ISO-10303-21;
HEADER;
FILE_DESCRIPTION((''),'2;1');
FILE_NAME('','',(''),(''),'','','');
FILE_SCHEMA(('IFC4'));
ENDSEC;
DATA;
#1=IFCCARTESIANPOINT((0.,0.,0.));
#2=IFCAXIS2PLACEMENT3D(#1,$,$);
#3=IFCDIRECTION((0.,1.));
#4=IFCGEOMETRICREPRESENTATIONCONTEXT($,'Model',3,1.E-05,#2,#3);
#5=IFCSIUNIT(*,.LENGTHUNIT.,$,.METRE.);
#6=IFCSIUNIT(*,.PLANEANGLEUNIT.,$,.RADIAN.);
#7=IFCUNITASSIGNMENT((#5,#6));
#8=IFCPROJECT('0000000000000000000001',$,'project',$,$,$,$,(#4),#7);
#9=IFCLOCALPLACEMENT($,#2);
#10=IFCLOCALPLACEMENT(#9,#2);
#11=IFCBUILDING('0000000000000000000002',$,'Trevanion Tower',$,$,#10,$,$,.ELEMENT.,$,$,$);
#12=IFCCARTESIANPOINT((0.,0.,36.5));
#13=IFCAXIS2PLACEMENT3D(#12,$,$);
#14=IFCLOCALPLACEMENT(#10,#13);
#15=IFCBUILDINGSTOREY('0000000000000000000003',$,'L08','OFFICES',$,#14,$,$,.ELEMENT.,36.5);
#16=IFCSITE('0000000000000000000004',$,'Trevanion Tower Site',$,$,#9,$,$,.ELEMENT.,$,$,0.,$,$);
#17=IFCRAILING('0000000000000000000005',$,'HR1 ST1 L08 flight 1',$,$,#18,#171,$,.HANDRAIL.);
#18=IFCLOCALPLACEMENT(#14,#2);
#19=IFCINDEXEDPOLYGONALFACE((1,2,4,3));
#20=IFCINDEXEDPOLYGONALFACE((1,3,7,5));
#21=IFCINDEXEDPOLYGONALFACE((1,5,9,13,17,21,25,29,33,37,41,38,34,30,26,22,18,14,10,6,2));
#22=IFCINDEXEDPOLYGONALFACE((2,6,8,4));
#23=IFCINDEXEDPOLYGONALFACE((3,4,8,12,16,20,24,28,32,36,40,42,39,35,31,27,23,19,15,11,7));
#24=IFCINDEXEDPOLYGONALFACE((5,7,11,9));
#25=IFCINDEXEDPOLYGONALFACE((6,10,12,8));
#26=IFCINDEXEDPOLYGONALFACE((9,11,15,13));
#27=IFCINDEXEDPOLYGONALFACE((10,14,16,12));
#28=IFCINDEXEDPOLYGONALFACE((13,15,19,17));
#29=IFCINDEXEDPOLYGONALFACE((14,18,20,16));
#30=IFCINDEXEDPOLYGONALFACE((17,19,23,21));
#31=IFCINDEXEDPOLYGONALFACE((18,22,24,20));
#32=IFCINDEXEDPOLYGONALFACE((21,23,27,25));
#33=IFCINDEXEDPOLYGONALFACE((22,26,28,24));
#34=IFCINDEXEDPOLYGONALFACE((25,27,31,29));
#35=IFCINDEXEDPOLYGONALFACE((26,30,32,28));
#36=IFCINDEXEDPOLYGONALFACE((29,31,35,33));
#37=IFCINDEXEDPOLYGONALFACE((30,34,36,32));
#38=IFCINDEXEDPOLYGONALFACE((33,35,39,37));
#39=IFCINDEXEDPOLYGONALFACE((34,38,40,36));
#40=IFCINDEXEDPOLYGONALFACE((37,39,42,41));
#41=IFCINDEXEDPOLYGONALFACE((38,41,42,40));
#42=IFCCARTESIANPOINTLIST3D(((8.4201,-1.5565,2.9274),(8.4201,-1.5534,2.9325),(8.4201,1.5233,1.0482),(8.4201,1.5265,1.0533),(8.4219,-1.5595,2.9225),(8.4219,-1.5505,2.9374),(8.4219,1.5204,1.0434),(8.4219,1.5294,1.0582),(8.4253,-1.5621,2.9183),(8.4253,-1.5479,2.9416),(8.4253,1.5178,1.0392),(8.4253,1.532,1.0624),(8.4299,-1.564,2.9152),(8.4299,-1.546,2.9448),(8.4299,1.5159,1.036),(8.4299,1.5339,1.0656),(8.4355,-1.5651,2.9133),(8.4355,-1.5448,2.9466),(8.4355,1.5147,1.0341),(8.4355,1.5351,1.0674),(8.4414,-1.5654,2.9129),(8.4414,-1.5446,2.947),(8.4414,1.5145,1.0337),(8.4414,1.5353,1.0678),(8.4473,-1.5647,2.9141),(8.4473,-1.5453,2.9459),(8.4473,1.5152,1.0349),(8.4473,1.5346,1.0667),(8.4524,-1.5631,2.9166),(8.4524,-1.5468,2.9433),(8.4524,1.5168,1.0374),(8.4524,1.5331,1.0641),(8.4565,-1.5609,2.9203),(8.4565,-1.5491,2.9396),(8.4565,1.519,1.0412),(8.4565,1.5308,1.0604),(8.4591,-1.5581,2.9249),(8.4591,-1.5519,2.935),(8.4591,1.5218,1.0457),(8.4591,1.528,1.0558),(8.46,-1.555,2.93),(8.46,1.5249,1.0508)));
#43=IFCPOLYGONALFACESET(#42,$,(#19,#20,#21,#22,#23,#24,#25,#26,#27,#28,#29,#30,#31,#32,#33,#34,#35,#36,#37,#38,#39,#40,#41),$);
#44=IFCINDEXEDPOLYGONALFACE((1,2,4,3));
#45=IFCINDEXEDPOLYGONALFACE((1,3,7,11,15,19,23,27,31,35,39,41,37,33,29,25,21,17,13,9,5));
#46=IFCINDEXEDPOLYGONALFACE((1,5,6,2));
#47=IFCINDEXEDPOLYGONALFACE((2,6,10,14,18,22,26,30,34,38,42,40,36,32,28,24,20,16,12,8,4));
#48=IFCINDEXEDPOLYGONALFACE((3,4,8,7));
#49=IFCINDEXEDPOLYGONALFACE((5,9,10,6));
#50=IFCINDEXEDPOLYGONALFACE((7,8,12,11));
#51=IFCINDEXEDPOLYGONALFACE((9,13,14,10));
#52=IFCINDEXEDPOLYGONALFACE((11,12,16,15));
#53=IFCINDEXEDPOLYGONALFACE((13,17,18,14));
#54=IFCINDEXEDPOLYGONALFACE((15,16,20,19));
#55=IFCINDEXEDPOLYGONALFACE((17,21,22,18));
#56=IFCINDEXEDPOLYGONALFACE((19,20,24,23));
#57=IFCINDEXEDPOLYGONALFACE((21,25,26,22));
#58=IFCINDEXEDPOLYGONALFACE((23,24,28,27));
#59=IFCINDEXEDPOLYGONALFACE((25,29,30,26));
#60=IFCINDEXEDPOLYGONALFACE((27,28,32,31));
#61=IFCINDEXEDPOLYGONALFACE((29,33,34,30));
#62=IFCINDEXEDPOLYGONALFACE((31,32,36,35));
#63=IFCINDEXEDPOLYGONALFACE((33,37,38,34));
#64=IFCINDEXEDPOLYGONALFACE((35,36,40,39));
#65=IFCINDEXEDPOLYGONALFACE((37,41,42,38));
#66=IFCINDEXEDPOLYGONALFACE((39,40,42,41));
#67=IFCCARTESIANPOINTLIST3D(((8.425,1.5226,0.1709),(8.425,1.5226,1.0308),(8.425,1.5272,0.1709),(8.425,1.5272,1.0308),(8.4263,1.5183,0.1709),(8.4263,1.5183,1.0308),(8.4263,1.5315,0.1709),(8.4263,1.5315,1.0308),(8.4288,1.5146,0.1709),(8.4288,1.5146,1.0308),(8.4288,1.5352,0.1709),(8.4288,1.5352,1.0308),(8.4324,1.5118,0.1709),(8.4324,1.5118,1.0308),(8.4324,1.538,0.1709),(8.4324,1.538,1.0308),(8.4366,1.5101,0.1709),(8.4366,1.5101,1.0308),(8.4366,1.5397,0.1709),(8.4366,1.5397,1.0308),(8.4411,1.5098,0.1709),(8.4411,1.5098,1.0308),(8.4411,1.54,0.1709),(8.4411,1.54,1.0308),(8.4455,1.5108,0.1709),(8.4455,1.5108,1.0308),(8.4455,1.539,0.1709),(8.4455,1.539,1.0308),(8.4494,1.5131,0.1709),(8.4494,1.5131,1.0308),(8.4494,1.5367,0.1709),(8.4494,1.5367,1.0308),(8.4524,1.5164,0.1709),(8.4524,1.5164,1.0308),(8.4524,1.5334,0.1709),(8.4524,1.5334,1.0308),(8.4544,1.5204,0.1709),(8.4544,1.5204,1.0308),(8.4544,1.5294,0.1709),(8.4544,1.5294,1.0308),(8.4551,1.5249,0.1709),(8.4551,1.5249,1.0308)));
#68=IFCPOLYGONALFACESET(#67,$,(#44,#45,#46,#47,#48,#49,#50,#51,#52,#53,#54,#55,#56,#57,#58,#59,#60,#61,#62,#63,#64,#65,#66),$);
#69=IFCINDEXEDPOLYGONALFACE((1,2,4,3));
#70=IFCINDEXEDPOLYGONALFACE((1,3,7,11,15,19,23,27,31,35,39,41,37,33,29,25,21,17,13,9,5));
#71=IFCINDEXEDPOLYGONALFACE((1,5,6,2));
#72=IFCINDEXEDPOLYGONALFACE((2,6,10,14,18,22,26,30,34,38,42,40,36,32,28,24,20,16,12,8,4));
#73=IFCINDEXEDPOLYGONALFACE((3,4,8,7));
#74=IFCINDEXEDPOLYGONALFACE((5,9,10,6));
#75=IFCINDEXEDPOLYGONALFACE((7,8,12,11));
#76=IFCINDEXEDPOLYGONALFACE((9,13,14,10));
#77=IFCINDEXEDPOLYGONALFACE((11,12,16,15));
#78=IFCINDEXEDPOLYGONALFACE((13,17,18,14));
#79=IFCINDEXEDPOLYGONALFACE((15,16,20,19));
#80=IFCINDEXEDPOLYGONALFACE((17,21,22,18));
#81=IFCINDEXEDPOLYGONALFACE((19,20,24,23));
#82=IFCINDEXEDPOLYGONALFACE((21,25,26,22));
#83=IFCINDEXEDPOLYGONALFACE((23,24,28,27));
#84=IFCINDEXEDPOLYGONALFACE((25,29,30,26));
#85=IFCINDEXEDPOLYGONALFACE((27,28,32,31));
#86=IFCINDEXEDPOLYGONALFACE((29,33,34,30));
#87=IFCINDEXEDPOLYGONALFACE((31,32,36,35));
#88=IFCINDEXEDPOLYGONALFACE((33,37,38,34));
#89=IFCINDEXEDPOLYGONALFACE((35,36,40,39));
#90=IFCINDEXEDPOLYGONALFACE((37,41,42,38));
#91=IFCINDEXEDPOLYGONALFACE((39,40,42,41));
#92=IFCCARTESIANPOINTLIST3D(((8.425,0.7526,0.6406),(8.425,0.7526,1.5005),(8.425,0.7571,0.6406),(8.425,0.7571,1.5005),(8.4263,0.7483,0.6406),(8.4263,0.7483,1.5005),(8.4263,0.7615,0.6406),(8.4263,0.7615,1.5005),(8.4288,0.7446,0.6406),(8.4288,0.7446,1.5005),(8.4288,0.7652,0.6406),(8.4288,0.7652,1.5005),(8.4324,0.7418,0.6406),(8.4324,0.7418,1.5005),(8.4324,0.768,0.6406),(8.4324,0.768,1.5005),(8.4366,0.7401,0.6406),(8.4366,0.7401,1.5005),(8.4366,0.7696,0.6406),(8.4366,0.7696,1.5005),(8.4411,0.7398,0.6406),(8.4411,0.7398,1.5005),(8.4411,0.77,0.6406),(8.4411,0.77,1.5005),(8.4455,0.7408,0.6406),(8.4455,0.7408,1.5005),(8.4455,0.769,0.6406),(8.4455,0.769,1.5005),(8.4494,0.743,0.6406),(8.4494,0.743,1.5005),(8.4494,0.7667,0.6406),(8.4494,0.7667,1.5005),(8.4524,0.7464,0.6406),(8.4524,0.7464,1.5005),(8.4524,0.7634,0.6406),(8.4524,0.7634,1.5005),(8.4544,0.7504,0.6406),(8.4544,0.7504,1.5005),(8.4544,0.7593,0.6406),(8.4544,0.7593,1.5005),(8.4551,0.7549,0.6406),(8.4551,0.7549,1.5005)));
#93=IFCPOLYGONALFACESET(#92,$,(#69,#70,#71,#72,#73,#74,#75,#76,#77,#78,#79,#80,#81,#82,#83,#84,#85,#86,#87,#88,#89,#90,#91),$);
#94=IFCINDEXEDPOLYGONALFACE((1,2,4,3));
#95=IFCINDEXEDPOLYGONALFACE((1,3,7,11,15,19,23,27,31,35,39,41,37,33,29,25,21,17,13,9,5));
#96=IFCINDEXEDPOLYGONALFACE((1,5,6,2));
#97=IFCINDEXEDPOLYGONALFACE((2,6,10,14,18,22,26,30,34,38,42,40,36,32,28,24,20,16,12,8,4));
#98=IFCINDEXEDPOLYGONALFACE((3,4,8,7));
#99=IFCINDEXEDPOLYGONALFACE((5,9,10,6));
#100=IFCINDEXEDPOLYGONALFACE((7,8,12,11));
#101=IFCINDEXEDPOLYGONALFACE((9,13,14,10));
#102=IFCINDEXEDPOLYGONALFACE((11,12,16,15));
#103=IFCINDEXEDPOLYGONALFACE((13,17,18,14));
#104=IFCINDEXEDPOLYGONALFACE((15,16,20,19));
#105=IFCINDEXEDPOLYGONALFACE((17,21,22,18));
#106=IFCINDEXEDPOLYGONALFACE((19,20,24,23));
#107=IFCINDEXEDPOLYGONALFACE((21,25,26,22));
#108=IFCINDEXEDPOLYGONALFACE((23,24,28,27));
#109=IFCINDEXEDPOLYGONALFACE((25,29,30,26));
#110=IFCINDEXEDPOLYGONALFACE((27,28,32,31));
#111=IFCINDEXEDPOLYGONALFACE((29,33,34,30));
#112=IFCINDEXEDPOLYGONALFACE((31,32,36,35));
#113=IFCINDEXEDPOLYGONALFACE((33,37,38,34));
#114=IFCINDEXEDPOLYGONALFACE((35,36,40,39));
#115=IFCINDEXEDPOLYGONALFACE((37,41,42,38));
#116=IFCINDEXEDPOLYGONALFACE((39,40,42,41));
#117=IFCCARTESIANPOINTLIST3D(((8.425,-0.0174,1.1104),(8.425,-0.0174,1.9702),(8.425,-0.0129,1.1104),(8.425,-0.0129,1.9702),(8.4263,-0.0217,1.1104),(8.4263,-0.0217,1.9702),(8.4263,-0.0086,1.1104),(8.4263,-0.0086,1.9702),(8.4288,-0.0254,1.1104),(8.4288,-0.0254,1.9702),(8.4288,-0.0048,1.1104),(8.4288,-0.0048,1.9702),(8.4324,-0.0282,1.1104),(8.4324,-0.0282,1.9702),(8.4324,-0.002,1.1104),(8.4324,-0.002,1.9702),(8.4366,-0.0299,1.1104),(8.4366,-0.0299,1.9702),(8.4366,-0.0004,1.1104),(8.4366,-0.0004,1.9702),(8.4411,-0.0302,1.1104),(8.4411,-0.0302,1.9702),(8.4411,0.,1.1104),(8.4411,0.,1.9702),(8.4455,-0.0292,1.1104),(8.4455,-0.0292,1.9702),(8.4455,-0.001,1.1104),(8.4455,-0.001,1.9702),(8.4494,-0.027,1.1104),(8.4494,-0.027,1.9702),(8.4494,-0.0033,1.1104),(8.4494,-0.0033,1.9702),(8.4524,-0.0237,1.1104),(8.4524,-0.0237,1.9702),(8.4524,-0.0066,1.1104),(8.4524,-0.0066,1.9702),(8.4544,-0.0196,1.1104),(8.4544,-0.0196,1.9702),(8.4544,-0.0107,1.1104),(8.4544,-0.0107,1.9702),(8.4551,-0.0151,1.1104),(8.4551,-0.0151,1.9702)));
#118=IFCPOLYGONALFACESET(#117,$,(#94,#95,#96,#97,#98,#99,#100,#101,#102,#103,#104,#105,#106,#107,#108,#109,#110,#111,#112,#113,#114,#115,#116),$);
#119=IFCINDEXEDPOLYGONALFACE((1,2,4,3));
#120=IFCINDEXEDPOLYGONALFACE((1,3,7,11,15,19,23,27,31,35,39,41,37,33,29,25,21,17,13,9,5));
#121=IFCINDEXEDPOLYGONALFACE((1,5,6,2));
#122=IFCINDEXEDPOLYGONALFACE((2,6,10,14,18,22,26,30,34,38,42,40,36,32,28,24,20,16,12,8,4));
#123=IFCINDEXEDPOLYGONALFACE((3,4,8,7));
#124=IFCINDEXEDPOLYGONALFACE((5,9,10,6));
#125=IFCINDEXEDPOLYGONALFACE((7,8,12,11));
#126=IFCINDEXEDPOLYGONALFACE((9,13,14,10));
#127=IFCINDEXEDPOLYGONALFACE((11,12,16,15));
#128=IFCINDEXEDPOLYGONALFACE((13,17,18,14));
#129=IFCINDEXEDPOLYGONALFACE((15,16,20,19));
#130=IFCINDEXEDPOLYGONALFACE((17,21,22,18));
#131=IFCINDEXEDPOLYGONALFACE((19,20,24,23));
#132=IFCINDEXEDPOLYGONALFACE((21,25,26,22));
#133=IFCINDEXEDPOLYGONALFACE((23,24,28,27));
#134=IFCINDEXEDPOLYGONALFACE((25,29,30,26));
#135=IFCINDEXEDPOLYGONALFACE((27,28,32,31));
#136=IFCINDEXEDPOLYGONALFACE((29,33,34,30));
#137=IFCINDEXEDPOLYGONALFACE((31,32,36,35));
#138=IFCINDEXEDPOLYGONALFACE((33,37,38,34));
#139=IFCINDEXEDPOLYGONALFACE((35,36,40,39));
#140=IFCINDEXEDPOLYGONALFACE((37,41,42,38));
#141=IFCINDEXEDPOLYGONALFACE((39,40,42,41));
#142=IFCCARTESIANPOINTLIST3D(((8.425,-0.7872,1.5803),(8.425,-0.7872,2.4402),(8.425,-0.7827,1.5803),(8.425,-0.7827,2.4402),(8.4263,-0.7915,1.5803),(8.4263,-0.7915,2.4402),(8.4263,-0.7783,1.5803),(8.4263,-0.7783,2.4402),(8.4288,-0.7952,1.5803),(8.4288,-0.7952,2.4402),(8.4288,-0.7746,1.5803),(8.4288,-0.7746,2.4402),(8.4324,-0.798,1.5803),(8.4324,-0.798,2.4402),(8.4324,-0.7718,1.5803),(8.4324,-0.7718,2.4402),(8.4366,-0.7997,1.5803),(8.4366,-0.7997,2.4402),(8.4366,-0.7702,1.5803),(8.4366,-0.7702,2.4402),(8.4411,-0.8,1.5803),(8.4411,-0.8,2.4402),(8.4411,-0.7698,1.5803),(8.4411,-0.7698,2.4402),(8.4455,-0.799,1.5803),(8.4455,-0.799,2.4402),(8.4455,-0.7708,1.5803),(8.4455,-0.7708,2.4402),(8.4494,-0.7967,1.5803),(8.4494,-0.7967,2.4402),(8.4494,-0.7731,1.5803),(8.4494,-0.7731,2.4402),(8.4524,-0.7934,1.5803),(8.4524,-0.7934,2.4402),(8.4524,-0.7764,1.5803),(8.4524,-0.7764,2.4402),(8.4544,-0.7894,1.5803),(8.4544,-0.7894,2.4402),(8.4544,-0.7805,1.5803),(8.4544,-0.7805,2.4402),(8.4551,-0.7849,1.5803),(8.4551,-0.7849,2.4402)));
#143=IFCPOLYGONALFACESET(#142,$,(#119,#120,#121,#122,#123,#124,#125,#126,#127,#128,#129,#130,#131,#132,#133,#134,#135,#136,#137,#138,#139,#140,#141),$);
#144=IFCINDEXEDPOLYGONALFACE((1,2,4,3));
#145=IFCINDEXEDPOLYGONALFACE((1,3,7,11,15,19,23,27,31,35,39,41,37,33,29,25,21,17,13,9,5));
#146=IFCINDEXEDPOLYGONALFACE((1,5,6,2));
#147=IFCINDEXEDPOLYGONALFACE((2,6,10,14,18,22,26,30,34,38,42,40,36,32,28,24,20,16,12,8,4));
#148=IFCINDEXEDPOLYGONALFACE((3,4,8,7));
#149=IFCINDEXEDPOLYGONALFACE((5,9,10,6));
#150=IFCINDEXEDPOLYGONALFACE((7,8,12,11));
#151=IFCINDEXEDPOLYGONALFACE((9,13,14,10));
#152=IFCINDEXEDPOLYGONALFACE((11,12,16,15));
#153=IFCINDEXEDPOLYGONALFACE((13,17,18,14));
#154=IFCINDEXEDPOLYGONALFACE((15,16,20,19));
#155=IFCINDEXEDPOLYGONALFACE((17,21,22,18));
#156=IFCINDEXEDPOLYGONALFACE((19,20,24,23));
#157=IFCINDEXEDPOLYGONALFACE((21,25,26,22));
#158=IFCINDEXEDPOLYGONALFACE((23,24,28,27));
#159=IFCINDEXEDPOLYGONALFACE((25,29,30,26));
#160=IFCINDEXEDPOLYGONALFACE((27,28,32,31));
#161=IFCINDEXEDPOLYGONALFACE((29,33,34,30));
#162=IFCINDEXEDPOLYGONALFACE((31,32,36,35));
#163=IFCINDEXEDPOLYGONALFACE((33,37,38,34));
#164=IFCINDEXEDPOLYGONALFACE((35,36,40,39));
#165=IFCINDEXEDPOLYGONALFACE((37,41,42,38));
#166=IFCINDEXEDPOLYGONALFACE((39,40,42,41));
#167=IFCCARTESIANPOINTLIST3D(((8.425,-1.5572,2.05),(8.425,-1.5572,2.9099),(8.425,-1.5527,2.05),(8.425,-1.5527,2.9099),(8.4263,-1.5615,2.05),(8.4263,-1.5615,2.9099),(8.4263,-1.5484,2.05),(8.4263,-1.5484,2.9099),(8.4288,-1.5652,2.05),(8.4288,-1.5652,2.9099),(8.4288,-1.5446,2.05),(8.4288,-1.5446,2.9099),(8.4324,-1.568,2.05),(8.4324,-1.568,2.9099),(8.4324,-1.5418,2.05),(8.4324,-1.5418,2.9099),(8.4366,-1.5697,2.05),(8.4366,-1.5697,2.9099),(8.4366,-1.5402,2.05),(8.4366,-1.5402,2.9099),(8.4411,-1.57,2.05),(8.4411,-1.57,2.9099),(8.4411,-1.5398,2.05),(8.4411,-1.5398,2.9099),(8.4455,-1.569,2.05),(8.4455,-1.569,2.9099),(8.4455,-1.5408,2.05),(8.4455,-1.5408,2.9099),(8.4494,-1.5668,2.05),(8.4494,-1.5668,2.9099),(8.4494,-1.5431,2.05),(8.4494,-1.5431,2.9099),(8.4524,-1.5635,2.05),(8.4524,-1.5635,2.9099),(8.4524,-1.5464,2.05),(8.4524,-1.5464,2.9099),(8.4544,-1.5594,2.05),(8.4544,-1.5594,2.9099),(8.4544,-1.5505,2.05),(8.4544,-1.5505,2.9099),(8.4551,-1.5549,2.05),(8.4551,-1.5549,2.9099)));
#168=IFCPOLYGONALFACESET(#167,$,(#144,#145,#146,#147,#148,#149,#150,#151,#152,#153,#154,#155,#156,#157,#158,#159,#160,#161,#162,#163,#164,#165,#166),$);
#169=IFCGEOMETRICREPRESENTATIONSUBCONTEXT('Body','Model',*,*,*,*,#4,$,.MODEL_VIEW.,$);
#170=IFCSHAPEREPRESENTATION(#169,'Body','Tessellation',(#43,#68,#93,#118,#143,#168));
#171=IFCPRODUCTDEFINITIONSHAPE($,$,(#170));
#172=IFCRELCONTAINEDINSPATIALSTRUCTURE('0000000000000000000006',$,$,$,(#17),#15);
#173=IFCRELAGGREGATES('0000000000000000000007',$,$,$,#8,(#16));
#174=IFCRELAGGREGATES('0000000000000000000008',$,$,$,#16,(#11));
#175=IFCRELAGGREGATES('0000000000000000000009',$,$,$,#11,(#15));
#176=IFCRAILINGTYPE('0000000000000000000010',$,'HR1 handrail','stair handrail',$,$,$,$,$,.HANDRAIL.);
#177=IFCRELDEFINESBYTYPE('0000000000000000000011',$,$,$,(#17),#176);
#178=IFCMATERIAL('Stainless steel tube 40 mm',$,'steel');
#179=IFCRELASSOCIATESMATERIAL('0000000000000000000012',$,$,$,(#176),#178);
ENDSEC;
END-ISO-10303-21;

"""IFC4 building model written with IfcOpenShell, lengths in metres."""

from ifc_helpers import new_model, si_unit, direction, frame, origin, origin_2d, place, context, subcontext, project, spatial, circle, extrude, material, type_object, element, save


model = new_model("IFC4")

# Units and contexts
model_context = context("Model", 3, precision=1e-05, world=origin(), true_north=direction((0.0, 1.0)))
body_context = subcontext(model_context, "Body", "Model", "MODEL_VIEW")
ifc_project = project(units=[si_unit("LENGTHUNIT", "METRE"), si_unit("PLANEANGLEUNIT", "RADIAN")], contexts=[model_context])

# Site, building, storey
site_placement = place(None, origin())
site = spatial("IfcSite", under=ifc_project, at=site_placement, Name="Trevanion Tower Site", CompositionType="ELEMENT", RefElevation=0.0)
building_placement = place(site_placement, origin())
building = spatial("IfcBuilding", under=site, at=building_placement, Name="Trevanion Tower", CompositionType="ELEMENT")
storey_placement = place(building_placement, frame((0.0, 0.0, 36.5)))
storey = spatial("IfcBuildingStorey", under=building, at=storey_placement, Name="L08", Description="OFFICES", CompositionType="ELEMENT", Elevation=36.5)

# Railing
ifc_material_1 = material(Name="Stainless steel tube 40 mm", Category="steel")
railing_type = type_object("IfcRailingType", Name="HR1 handrail", Description="stair handrail", PredefinedType="HANDRAIL", material=ifc_material_1)
for number, where, name in (
    (1, (8.4399, 1.5249, 0.1709), "HR1 ST1 L08 flight 1"),
):
    element("IfcRailing", number, at=place(storey_placement, frame(where)), inside=storey, type_object=railing_type, Name=name, PredefinedType="HANDRAIL", context=body_context, shape_type="SweptSolid", body=[
        extrude(circle(Radius=0.02, at=origin_2d()), frame((0.0, 0.0, 0.8799), z_axis=(0.0, -0.853648, 0.52085), x_axis=(1.0, 0.0, 0.0)), (0.0, 0.0, 1.0), 3.6079),
        extrude(circle(Radius=0.0151, at=origin_2d()), origin(), (0.0, 0.0, 1.0), 0.8599),
        extrude(circle(Radius=0.0151, at=origin_2d()), frame((0.0, -0.77, 0.4697)), (0.0, 0.0, 1.0), 0.8599),
        extrude(circle(Radius=0.0151, at=origin_2d()), frame((0.0, -1.54, 0.9395)), (0.0, 0.0, 1.0), 0.8599),
        extrude(circle(Radius=0.0151, at=origin_2d()), frame((0.0, -2.3098, 1.4094)), (0.0, 0.0, 1.0), 0.8599),
        extrude(circle(Radius=0.0151, at=origin_2d()), frame((0.0, -3.0798, 1.8792)), (0.0, 0.0, 1.0), 0.8599),
    ])

save(model, "model.ifc")
